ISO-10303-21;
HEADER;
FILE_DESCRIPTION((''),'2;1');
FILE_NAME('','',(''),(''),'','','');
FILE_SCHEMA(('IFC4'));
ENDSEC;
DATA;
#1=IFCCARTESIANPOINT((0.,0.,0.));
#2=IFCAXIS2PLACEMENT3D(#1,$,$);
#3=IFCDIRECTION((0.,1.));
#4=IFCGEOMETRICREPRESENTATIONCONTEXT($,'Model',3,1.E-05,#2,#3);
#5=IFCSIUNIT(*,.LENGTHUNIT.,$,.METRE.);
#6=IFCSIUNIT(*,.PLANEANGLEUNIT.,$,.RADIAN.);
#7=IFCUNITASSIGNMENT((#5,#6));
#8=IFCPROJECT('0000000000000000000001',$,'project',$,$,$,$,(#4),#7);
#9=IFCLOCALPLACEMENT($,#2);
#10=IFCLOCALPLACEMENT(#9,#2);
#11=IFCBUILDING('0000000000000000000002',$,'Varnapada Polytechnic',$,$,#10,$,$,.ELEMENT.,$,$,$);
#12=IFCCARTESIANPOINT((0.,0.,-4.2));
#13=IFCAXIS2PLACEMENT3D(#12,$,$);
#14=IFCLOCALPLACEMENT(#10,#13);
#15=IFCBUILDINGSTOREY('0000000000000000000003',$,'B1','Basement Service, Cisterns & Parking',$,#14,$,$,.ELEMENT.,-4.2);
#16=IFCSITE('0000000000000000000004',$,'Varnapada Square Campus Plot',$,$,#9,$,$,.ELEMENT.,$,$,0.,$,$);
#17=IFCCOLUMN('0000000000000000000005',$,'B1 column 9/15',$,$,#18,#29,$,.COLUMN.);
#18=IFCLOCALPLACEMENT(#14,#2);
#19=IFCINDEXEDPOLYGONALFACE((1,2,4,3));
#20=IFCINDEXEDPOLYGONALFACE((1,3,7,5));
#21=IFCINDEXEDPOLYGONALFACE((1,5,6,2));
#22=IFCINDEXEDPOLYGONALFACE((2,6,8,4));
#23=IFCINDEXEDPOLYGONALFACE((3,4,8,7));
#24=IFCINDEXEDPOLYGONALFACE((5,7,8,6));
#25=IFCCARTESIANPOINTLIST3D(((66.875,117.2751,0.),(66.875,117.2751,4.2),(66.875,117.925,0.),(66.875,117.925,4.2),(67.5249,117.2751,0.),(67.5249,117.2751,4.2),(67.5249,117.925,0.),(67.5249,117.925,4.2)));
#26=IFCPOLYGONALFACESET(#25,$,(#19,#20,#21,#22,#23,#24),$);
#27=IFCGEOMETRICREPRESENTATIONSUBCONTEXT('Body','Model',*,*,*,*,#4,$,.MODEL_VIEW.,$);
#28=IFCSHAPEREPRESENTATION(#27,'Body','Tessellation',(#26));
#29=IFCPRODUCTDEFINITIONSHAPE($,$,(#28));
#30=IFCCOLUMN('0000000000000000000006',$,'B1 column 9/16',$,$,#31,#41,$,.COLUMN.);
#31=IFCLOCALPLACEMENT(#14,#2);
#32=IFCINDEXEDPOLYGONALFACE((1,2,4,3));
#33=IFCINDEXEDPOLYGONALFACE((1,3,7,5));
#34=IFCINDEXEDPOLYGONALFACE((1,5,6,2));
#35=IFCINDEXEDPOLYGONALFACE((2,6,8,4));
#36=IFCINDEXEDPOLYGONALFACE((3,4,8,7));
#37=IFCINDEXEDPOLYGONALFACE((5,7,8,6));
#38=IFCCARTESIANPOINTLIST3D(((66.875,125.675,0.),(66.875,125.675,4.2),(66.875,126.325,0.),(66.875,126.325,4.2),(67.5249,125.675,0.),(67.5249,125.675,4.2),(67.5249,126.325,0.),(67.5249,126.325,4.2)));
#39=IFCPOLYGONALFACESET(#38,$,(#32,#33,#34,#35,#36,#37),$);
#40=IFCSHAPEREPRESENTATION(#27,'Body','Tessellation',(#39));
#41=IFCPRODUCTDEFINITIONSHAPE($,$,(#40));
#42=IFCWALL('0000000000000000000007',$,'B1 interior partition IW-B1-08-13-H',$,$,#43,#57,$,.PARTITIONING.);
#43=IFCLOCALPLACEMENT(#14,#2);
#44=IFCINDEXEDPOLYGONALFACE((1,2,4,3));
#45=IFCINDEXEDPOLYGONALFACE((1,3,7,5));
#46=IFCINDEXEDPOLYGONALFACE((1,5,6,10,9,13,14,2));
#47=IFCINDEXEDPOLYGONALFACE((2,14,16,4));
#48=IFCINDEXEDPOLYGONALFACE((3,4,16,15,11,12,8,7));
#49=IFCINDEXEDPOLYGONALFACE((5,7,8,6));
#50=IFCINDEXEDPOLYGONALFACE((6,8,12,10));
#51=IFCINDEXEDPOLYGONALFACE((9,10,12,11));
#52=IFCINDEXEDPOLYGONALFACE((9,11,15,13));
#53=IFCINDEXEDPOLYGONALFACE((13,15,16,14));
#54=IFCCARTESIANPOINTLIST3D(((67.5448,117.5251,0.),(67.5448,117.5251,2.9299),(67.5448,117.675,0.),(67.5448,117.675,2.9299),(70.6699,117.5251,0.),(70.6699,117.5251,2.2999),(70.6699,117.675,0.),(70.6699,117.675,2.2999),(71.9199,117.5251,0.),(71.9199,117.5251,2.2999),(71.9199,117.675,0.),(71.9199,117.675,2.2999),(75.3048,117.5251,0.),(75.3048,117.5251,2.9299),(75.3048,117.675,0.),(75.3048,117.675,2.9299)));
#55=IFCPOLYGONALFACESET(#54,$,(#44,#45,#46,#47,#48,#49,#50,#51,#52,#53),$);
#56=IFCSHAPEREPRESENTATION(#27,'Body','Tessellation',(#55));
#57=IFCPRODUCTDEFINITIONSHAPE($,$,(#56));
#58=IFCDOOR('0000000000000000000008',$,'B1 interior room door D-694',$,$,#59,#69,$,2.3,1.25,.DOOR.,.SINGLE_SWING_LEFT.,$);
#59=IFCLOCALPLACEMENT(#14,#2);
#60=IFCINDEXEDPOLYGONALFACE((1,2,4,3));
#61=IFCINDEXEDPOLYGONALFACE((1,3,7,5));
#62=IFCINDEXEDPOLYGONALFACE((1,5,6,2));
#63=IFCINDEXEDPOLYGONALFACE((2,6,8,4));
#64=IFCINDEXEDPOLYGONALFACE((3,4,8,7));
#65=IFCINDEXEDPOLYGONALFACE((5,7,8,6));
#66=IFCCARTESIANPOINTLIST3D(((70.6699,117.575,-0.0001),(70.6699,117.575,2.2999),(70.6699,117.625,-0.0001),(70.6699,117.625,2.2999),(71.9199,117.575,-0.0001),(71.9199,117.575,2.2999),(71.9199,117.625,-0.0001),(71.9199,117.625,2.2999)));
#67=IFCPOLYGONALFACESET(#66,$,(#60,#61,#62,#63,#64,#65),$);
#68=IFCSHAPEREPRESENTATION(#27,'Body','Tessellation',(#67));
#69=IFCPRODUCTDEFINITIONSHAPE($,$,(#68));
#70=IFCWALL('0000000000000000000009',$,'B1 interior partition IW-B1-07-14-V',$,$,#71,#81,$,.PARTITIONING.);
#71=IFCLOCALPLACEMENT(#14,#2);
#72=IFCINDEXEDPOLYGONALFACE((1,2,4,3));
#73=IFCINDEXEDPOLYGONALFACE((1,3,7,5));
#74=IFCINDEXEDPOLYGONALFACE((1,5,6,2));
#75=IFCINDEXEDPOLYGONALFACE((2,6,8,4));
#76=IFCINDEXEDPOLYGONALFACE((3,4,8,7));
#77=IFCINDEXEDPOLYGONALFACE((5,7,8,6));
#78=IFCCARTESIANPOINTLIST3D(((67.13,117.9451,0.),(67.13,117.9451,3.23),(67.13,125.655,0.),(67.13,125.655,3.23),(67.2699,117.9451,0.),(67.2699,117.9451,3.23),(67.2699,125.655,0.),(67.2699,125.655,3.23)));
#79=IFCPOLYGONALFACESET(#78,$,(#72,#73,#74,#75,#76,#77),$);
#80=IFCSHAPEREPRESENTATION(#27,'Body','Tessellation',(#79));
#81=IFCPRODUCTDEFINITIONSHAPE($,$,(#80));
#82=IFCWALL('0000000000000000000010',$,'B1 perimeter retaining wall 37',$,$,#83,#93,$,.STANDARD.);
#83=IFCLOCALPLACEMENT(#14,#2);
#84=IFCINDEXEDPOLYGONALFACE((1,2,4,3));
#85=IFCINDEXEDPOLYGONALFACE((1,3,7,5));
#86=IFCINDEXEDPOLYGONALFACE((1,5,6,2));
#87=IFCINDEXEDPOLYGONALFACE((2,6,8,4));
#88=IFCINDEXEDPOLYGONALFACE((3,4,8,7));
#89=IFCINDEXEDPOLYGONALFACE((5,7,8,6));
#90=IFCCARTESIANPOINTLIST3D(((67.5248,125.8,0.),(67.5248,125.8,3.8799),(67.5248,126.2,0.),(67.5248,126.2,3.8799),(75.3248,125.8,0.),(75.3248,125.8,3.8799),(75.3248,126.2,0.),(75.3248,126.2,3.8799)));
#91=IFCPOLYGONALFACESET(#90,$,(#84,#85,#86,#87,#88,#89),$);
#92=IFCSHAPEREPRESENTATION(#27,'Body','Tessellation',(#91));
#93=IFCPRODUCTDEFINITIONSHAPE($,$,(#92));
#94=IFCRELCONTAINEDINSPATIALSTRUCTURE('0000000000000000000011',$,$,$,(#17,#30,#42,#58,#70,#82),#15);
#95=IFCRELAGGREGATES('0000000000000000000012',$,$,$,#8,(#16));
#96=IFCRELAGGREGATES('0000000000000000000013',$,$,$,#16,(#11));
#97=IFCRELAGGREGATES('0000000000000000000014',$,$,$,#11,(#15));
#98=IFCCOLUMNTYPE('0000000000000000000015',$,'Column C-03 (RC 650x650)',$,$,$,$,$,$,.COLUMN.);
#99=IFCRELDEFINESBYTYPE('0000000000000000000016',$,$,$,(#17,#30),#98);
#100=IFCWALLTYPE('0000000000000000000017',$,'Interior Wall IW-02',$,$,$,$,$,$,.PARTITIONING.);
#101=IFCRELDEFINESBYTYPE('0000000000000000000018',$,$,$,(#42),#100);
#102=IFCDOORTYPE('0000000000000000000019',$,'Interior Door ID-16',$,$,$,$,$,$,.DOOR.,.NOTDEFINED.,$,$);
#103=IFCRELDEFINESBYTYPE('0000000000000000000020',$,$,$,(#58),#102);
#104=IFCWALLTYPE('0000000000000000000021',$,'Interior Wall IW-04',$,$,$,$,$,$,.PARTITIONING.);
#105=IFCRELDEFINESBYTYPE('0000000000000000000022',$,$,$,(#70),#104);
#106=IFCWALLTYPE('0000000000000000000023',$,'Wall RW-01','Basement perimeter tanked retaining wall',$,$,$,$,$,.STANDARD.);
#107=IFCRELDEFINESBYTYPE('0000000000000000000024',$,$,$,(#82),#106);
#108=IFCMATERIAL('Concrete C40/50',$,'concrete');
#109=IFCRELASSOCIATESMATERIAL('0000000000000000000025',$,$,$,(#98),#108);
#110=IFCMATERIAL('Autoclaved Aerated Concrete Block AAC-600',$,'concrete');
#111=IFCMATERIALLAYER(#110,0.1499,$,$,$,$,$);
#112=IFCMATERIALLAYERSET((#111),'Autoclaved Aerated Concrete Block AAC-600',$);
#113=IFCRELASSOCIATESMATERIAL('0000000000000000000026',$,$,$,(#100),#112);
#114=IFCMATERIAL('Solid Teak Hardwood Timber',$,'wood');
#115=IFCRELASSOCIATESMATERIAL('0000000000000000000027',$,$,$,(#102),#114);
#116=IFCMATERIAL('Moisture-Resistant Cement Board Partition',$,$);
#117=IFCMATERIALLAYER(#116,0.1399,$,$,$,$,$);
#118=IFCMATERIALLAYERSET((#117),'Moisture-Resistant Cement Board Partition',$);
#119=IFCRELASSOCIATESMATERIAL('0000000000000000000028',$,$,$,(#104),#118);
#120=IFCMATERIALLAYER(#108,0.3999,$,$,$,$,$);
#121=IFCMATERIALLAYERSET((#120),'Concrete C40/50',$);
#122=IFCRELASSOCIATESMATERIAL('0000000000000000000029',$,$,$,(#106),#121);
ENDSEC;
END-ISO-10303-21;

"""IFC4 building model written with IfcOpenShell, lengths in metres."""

from ifc_helpers import new_model, si_unit, direction, frame, frame_2d, origin, origin_2d, place, context, subcontext, project, spatial, rectangle, extrude, material, layer, layer_set, material_profile, profile_set, type_object, element, fill, save


model = new_model("IFC4")

# Units and contexts
model_context = context("Model", 3, precision=1e-05, world=origin(), true_north=direction((0.0, 1.0)))
body_context = subcontext(model_context, "Body", "Model", "MODEL_VIEW")
ifc_project = project(units=[si_unit("LENGTHUNIT", "METRE"), si_unit("PLANEANGLEUNIT", "RADIAN")], contexts=[model_context])

# Site, building, storey
site_placement = place(None, origin())
site = spatial("IfcSite", under=ifc_project, at=site_placement, Name="Varnapada Square Campus Plot", CompositionType="ELEMENT", RefElevation=0.0)
building_placement = place(site_placement, origin())
building = spatial("IfcBuilding", under=site, at=building_placement, Name="Varnapada Polytechnic", CompositionType="ELEMENT")
storey_placement = place(building_placement, frame((0.0, 0.0, -4.2)))
storey = spatial("IfcBuildingStorey", under=building, at=storey_placement, Name="B1", Description="Basement Service, Cisterns & Parking", CompositionType="ELEMENT", Elevation=-4.2)

# Shared definitions
ifc_material_1 = material(Name="Concrete C40/50", Category="concrete")

# Columns
ifc_material_profile_1 = material_profile(ifc_material_1, rectangle(XDim=0.6499, YDim=0.6499, at=origin_2d()), Name="RC 650x650")
ifc_profile_set_1 = profile_set([ifc_material_profile_1], Name="Concrete C40/50")
column_type = type_object("IfcColumnType", Name="Column C-03 (RC 650x650)", PredefinedType="COLUMN", material=ifc_profile_set_1)
for number, where, z_axis, x_axis, name in (
    (1, (67.2, 117.6001, 0.0), (0.0, 0.0, 1.0), (1.0, 0.0, 0.0), "B1 column 9/15"),
    (2, (67.2, 126.0, 0.0), (0.0, 0.0, 1.0), (1.0, 0.0, 0.0), "B1 column 9/16"),
):
    element("IfcColumn", number, at=place(storey_placement, frame(where, z_axis=z_axis, x_axis=x_axis)), inside=storey, type_object=column_type, Name=name, PredefinedType="COLUMN", context=body_context, shape_type="SweptSolid", body=[
        extrude(rectangle(XDim=0.6499, YDim=0.6499, at=origin_2d()), origin(), (0.0, 0.0, 1.0), 4.2),
    ])

# Wall, opening, door
ifc_material_2 = material(Name="Autoclaved Aerated Concrete Block AAC-600", Category="concrete")
ifc_layer_1 = layer(ifc_material_2, 0.1499)
ifc_layer_set_1 = layer_set([ifc_layer_1], Name="Autoclaved Aerated Concrete Block AAC-600")
wall_type_1 = type_object("IfcWallType", Name="Interior Wall IW-02", PredefinedType="PARTITIONING", material=ifc_layer_set_1)
wall_1_placement = place(storey_placement, frame((67.5449, 117.6001, 0.0), z_axis=(0.0, 0.0, 1.0), x_axis=(1.0, 0.0, 0.0)))
wall_1 = element("IfcWall", 3, at=wall_1_placement, inside=storey, type_object=wall_type_1, Name="B1 interior partition IW-B1-08-13-H", PredefinedType="PARTITIONING", context=body_context, shape_type="SweptSolid", body=[
    extrude(rectangle(XDim=7.76, YDim=0.1499, at=frame_2d((3.8799, 0.0))), origin(), (0.0, 0.0, 1.0), 2.9299),
])
opening_placement = place(wall_1_placement, frame((3.125, 0.0, 0.0)))
opening = element("IfcOpeningElement", 4, at=opening_placement, cuts=wall_1, PredefinedType="OPENING", context=body_context, shape_type="SweptSolid", body=[
    extrude(rectangle(XDim=1.25, YDim=2.3, at=frame_2d((0.625, 1.1499))), frame((0.0, 0.085, 0.0), z_axis=(0.0, -1.0, 0.0), x_axis=(1.0, 0.0, 0.0)), (0.0, 0.0, 1.0), 0.1699),
])
ifc_material_3 = material(Name="Solid Teak Hardwood Timber", Category="wood")
door_type = type_object("IfcDoorType", Name="Interior Door ID-16", OperationType="NOTDEFINED", PredefinedType="DOOR", material=ifc_material_3)
door_placement = place(opening_placement, origin())
door = element("IfcDoor", 5, at=door_placement, inside=storey, type_object=door_type, Name="B1 interior room door D-694", OperationType="SINGLE_SWING_LEFT", OverallHeight=2.3, OverallWidth=1.25, PredefinedType="DOOR", context=body_context, shape_type="SweptSolid", body=[
    extrude(rectangle(XDim=1.25, YDim=2.3, at=frame_2d((0.625, 1.1499))), frame((0.0, 0.0249, 0.0), z_axis=(0.0, -1.0, 0.0), x_axis=(1.0, 0.0, 0.0)), (0.0, 0.0, 1.0), 0.05),
])
fill(opening, door)

# Walls
ifc_material_4 = material(Name="Moisture-Resistant Cement Board Partition")
ifc_layer_2 = layer(ifc_material_4, 0.1399)
ifc_layer_set_2 = layer_set([ifc_layer_2], Name="Moisture-Resistant Cement Board Partition")
wall_type_2 = type_object("IfcWallType", Name="Interior Wall IW-04", PredefinedType="PARTITIONING", material=ifc_layer_set_2)
wall_2_placement = place(storey_placement, frame((67.2, 117.9451, 0.0), z_axis=(0.0, 0.0, 1.0), x_axis=(0.0, 1.0, 0.0)))
element("IfcWall", 6, at=wall_2_placement, inside=storey, type_object=wall_type_2, Name="B1 interior partition IW-B1-07-14-V", PredefinedType="PARTITIONING", context=body_context, shape_type="SweptSolid", body=[
    extrude(rectangle(XDim=7.71, YDim=0.1399, at=frame_2d((3.855, 0.0))), origin(), (0.0, 0.0, 1.0), 3.23),
])
ifc_layer_3 = layer(ifc_material_1, 0.3999)
ifc_layer_set_3 = layer_set([ifc_layer_3], Name="Concrete C40/50")
wall_type_3 = type_object("IfcWallType", Name="Wall RW-01", Description="Basement perimeter tanked retaining wall", PredefinedType="STANDARD", material=ifc_layer_set_3)
wall_3_placement = place(storey_placement, frame((67.5249, 126.0, 0.0), z_axis=(0.0, 0.0, 1.0), x_axis=(1.0, 0.0, 0.0)))
element("IfcWall", 7, at=wall_3_placement, inside=storey, type_object=wall_type_3, Name="B1 perimeter retaining wall 37", PredefinedType="STANDARD", context=body_context, shape_type="SweptSolid", body=[
    extrude(rectangle(XDim=7.8, YDim=0.3999, at=frame_2d((3.8999, 0.0))), origin(), (0.0, 0.0, 1.0), 3.8799),
])

save(model, "model.ifc")
